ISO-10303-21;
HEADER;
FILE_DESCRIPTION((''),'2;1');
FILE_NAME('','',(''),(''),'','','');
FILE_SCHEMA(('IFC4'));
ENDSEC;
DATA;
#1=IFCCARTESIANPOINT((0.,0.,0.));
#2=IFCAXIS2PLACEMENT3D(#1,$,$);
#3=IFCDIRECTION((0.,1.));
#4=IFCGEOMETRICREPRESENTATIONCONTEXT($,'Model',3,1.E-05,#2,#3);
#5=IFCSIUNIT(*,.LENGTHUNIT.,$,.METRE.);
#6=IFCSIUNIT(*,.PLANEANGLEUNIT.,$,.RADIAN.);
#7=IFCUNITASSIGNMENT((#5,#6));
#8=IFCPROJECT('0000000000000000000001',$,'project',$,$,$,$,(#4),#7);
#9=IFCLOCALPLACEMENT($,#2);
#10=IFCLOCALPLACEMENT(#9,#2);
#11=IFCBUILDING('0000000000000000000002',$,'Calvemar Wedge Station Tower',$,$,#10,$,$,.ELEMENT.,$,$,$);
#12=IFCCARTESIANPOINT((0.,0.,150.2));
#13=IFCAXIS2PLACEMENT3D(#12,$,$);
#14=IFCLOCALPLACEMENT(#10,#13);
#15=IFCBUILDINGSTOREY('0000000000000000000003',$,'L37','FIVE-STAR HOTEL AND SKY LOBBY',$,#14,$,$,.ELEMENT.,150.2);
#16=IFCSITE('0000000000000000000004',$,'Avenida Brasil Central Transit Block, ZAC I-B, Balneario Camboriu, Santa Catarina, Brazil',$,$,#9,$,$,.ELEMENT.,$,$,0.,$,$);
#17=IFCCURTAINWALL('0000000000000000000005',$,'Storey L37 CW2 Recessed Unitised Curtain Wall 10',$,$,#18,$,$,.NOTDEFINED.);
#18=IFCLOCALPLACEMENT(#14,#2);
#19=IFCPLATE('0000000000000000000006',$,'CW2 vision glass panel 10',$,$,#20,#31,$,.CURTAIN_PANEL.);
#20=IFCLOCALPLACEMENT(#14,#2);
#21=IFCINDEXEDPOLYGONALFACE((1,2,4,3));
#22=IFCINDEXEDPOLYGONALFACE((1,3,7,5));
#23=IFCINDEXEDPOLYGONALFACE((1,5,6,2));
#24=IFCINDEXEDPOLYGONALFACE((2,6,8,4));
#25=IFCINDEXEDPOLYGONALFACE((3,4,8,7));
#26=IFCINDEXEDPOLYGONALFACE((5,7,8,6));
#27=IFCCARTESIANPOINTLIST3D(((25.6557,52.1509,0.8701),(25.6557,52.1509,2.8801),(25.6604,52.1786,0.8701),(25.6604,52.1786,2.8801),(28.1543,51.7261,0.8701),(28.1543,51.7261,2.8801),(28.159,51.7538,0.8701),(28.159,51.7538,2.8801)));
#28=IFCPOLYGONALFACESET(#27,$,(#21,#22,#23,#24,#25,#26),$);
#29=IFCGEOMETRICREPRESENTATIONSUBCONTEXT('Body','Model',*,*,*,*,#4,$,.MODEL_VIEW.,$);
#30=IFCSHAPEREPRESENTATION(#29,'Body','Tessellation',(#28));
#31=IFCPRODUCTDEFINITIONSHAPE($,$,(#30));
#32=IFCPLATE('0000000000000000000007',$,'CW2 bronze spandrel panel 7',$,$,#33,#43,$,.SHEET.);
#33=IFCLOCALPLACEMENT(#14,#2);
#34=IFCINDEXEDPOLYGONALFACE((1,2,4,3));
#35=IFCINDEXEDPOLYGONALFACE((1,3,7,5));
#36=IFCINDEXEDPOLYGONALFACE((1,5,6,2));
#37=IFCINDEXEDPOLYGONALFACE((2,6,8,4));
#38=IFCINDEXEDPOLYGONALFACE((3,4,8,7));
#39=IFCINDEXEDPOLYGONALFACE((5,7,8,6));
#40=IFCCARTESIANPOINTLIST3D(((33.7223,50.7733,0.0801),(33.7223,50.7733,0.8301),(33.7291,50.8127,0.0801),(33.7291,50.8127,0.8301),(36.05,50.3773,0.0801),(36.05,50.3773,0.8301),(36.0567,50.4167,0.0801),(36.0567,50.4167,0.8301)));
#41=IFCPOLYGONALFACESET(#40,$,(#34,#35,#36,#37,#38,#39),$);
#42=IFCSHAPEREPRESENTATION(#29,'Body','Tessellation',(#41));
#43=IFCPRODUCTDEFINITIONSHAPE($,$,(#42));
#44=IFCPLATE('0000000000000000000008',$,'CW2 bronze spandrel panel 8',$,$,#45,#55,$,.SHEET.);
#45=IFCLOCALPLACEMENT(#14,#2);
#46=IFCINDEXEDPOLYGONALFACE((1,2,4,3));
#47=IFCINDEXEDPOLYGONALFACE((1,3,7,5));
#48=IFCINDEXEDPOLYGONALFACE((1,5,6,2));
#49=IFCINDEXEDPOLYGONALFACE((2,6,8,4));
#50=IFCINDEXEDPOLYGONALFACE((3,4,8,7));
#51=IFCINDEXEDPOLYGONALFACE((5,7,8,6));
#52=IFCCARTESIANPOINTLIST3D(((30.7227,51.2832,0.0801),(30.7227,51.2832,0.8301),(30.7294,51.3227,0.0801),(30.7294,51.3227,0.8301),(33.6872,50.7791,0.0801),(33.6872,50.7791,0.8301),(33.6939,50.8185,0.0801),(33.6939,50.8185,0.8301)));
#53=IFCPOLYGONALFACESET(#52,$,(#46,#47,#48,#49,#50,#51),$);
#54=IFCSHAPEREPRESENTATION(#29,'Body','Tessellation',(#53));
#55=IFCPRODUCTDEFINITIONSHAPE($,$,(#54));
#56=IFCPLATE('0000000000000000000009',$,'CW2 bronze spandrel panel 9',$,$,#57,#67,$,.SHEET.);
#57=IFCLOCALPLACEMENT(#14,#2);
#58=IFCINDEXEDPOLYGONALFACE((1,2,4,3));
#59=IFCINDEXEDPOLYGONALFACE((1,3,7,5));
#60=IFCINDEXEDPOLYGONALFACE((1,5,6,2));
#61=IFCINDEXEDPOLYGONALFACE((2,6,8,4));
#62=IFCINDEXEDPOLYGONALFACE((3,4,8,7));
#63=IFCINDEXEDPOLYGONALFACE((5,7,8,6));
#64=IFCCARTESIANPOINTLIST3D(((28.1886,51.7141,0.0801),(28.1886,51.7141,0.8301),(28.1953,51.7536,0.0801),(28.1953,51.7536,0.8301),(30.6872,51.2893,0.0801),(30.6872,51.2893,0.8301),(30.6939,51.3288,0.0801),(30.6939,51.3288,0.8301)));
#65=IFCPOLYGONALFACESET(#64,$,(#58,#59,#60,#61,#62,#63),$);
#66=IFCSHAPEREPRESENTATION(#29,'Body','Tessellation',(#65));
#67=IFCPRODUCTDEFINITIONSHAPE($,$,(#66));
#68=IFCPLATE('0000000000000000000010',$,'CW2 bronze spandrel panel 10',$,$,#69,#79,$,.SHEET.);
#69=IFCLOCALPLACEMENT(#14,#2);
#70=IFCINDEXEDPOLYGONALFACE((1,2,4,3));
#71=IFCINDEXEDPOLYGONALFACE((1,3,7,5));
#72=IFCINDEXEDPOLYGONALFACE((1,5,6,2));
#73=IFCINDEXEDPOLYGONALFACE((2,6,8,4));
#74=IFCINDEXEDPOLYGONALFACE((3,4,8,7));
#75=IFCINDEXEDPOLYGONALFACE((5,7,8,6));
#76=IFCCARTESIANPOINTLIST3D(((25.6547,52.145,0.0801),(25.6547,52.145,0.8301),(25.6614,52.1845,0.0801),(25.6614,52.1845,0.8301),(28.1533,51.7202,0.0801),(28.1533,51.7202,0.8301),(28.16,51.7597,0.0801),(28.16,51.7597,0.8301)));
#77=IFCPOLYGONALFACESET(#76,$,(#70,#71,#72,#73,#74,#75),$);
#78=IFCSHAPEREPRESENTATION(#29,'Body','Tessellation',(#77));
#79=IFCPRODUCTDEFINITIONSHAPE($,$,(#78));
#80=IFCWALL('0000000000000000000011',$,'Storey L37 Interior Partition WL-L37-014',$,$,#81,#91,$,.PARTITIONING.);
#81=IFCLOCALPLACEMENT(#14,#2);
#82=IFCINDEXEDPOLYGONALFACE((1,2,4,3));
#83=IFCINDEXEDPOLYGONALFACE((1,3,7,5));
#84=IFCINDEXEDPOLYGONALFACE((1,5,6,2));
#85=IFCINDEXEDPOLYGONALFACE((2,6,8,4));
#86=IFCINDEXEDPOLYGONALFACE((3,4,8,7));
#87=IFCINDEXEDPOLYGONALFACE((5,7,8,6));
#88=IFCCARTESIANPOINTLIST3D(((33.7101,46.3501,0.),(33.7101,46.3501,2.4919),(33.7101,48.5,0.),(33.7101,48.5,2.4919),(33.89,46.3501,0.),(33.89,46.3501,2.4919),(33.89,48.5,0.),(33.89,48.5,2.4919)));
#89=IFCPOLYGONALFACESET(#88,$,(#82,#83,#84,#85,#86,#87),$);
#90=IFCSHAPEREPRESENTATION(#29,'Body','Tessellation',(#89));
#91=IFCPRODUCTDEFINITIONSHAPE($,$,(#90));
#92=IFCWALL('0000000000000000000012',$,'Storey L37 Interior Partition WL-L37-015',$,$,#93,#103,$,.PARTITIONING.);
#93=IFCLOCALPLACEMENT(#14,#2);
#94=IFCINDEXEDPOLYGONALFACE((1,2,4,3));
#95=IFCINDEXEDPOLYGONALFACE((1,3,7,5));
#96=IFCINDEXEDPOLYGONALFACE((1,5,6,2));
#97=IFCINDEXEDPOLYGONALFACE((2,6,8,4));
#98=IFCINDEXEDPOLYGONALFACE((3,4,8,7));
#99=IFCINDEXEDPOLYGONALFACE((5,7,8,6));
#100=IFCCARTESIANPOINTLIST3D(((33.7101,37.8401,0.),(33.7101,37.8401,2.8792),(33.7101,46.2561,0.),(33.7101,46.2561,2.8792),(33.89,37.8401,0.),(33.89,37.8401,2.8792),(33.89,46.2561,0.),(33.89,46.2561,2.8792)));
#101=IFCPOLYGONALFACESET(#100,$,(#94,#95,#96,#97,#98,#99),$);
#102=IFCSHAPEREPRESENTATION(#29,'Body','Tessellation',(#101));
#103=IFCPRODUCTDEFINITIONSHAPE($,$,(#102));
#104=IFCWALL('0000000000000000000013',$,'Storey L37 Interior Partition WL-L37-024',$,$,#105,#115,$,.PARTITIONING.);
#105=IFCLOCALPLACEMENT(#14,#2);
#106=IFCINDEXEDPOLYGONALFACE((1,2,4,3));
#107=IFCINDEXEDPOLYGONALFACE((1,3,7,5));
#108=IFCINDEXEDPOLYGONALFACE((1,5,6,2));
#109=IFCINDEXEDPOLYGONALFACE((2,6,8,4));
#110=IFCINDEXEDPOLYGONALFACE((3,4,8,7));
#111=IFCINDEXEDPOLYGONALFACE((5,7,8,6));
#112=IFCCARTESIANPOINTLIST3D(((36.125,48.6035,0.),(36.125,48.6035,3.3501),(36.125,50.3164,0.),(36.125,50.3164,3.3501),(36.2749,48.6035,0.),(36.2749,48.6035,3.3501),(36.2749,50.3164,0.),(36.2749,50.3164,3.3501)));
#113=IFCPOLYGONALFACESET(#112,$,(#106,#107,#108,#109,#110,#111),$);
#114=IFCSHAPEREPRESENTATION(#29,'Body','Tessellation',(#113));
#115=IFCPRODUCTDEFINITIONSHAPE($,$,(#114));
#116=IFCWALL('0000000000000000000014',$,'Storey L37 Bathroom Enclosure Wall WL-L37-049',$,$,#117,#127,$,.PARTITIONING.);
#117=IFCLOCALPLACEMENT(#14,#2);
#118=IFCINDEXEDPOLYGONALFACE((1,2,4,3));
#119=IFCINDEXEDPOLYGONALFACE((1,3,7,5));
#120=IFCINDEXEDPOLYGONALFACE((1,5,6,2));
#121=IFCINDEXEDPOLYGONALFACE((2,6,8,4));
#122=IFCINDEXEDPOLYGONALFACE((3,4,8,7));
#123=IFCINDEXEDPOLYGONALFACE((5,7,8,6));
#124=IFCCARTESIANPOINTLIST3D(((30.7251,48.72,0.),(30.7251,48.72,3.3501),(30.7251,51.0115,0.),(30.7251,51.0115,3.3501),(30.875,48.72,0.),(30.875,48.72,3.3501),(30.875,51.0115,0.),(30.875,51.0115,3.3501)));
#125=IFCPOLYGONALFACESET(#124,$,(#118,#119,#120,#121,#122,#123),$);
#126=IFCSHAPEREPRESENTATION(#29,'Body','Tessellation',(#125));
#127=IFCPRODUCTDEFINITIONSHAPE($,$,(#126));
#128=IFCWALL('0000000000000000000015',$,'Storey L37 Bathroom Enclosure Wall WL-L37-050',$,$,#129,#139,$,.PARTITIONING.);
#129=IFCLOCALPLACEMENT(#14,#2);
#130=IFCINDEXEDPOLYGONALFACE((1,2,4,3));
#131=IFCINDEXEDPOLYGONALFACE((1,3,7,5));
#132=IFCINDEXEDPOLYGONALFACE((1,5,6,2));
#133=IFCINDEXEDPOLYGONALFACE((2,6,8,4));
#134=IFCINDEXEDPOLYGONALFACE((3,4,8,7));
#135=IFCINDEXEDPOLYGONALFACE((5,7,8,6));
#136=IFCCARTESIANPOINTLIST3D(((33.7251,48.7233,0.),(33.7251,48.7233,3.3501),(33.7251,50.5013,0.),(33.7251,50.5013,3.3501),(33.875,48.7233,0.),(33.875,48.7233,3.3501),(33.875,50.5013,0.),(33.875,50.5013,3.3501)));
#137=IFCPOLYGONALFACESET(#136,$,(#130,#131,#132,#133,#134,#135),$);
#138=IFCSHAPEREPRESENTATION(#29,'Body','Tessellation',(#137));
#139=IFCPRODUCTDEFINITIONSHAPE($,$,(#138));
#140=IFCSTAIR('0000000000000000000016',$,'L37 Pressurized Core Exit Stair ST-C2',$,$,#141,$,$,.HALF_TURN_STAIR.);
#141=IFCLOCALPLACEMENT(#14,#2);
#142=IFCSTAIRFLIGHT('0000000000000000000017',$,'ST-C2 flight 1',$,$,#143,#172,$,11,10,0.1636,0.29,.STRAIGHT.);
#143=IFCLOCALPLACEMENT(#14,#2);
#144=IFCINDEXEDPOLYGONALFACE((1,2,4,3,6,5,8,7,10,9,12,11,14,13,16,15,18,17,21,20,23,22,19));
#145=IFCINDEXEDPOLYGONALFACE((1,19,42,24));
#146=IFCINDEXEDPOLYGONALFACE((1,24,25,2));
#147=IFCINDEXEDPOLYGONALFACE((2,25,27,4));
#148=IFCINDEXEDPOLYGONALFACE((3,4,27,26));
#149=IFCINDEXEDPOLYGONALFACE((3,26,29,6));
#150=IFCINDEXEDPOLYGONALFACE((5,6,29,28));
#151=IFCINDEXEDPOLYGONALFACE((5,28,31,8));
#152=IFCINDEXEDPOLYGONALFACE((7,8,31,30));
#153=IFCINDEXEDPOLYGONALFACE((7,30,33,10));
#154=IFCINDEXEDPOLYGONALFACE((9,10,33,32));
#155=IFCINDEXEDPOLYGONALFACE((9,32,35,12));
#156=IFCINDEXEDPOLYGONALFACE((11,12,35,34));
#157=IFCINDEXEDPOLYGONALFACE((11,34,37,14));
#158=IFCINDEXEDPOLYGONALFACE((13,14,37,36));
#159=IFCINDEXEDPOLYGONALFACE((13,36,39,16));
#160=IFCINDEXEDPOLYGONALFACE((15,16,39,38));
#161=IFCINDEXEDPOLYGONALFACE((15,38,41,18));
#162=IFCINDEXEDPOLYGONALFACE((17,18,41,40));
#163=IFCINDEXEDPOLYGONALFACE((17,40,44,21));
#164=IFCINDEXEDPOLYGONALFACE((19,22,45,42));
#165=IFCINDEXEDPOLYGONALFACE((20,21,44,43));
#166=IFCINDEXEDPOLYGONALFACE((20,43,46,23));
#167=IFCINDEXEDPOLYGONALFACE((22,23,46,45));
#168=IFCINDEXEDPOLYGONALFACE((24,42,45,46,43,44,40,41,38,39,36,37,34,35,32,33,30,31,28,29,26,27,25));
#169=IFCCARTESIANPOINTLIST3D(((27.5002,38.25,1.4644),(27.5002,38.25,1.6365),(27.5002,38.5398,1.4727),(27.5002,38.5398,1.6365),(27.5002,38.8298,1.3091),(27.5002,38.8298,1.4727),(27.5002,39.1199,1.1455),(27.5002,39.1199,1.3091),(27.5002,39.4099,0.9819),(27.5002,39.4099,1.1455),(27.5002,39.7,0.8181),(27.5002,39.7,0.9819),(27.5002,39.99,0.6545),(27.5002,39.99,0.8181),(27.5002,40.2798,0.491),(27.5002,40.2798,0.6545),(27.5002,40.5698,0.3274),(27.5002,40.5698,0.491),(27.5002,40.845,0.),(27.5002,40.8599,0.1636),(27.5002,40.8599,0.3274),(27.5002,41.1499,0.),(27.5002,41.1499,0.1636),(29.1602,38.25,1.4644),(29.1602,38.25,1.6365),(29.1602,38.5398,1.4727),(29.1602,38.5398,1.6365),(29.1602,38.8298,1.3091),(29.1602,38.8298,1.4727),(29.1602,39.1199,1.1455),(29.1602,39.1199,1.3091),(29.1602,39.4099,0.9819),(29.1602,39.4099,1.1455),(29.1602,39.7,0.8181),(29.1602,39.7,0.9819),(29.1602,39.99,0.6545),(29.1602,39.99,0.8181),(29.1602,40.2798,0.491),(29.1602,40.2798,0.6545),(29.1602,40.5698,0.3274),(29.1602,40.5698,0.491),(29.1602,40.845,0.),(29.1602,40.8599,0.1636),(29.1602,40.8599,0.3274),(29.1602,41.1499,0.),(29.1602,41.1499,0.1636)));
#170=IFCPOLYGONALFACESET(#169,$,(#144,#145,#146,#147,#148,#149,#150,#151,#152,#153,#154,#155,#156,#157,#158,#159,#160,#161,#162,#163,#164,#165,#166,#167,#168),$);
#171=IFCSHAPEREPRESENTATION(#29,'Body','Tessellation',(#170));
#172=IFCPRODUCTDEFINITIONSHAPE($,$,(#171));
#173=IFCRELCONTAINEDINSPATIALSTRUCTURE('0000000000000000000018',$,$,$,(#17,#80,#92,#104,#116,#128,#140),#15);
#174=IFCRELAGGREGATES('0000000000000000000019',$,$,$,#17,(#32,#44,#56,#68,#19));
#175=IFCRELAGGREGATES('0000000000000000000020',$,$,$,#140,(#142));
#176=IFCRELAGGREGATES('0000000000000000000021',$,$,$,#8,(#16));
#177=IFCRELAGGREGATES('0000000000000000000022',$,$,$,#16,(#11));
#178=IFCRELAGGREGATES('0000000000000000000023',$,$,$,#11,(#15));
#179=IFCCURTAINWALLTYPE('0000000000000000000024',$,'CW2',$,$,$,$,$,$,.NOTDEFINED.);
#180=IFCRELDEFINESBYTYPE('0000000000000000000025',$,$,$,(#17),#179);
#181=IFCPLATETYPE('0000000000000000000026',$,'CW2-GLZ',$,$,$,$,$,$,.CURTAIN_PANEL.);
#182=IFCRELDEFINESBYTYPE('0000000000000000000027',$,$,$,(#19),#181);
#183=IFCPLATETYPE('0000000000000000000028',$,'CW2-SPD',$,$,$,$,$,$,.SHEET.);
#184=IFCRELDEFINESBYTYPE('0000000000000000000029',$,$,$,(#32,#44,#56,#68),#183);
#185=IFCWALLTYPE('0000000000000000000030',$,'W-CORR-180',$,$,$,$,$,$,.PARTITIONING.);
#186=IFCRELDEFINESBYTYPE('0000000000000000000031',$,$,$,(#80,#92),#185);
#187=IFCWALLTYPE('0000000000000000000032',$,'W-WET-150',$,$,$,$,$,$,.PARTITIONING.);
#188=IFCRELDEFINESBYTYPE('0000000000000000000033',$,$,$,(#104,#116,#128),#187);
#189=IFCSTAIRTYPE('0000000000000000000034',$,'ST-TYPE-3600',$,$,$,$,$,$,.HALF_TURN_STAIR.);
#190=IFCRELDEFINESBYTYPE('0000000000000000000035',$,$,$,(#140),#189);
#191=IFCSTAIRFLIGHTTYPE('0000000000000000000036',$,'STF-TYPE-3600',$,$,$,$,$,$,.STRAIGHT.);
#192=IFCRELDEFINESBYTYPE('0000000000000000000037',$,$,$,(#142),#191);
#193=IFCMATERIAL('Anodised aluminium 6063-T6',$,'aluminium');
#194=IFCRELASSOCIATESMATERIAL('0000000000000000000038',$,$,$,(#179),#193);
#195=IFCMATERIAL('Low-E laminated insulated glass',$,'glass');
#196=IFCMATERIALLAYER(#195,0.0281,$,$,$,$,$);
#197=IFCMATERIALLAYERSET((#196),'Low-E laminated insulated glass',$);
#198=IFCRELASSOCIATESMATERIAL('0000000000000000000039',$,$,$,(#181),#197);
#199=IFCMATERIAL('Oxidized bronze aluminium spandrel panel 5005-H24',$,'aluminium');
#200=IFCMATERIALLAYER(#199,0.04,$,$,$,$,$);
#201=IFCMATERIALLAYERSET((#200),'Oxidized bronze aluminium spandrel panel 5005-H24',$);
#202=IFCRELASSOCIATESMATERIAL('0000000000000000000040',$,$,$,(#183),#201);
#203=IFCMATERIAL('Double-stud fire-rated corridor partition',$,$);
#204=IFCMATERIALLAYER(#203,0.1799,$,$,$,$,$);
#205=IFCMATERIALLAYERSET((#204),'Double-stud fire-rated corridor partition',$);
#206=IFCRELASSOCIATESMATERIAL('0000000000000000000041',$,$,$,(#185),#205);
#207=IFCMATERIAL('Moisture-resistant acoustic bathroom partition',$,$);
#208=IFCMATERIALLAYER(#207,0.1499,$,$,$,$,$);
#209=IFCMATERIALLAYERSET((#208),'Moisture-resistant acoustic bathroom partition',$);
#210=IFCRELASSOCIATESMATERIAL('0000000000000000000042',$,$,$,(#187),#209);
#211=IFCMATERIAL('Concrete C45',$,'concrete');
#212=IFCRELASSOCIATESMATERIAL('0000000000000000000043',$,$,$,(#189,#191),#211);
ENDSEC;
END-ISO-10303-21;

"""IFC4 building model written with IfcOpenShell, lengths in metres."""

from ifc_helpers import new_model, si_unit, direction, frame, frame_2d, origin, place, context, subcontext, project, spatial, polyline, rectangle, outline, extrude, material, layer, layer_set, type_object, element, aggregate, save


model = new_model("IFC4")

# Units and contexts
model_context = context("Model", 3, precision=1e-05, world=origin(), true_north=direction((0.0, 1.0)))
body_context = subcontext(model_context, "Body", "Model", "MODEL_VIEW")
ifc_project = project(units=[si_unit("LENGTHUNIT", "METRE"), si_unit("PLANEANGLEUNIT", "RADIAN")], contexts=[model_context])

# Site, building, storey
site_placement = place(None, origin())
site = spatial("IfcSite", under=ifc_project, at=site_placement, Name="Avenida Brasil Central Transit Block, ZAC I-B, Balneario Camboriu, Santa Catarina, Brazil", CompositionType="ELEMENT", RefElevation=0.0)
building_placement = place(site_placement, origin())
building = spatial("IfcBuilding", under=site, at=building_placement, Name="Calvemar Wedge Station Tower", CompositionType="ELEMENT")
storey_placement = place(building_placement, frame((0.0, 0.0, 150.2)))
storey = spatial("IfcBuildingStorey", under=building, at=storey_placement, Name="L37", Description="FIVE-STAR HOTEL AND SKY LOBBY", CompositionType="ELEMENT", Elevation=150.2)

# Curtain wall, plates
ifc_material_1 = material(Name="Anodised aluminium 6063-T6", Category="aluminium")
curtain_wall_type = type_object("IfcCurtainWallType", Name="CW2", PredefinedType="NOTDEFINED", material=ifc_material_1)
curtain_wall_placement = place(storey_placement, origin())
curtain_wall = element("IfcCurtainWall", 1, at=curtain_wall_placement, inside=storey, type_object=curtain_wall_type, Name="Storey L37 CW2 Recessed Unitised Curtain Wall 10", PredefinedType="NOTDEFINED")
ifc_material_2 = material(Name="Low-E laminated insulated glass", Category="glass")
ifc_layer_1 = layer(ifc_material_2, 0.0281)
ifc_layer_set_1 = layer_set([ifc_layer_1], Name="Low-E laminated insulated glass")
plate_type_1 = type_object("IfcPlateType", Name="CW2-GLZ", PredefinedType="CURTAIN_PANEL", material=ifc_layer_set_1)
plate_1_placement = place(storey_placement, frame((28.1565, 51.74, 0.8701), z_axis=(0.0, 0.0, 1.0), x_axis=(-0.985852, 0.167616, 0.0)))
plate_1 = element("IfcPlate", 2, at=plate_1_placement, type_object=plate_type_1, Name="CW2 vision glass panel 10", PredefinedType="CURTAIN_PANEL", context=body_context, shape_type="SweptSolid", body=[
    extrude(rectangle(XDim=2.5344, YDim=0.0281, at=frame_2d((1.2671, 0.0))), origin(), (0.0, 0.0, 1.0), 2.01),
])
ifc_material_3 = material(Name="Oxidized bronze aluminium spandrel panel 5005-H24", Category="aluminium")
ifc_layer_2 = layer(ifc_material_3, 0.04)
ifc_layer_set_2 = layer_set([ifc_layer_2], Name="Oxidized bronze aluminium spandrel panel 5005-H24")
plate_type_2 = type_object("IfcPlateType", Name="CW2-SPD", PredefinedType="SHEET", material=ifc_layer_set_2)
plate_2_placement = place(storey_placement, frame((36.0535, 50.397, 0.0801), z_axis=(0.0, 0.0, 1.0), x_axis=(-0.985835, 0.167718, 0.0)))
plate_2 = element("IfcPlate", 3, at=plate_2_placement, type_object=plate_type_2, Name="CW2 bronze spandrel panel 7", PredefinedType="SHEET", context=body_context, shape_type="SweptSolid", body=[
    extrude(rectangle(XDim=2.3611, YDim=0.04, at=frame_2d((1.1807, 0.0))), origin(), (0.0, 0.0, 1.0), 0.75),
])
plate_3_placement = place(storey_placement, frame((33.6904, 50.7988, 0.0801), z_axis=(0.0, 0.0, 1.0), x_axis=(-0.985847, 0.16765, 0.0)))
plate_3 = element("IfcPlate", 4, at=plate_3_placement, type_object=plate_type_2, Name="CW2 bronze spandrel panel 8", PredefinedType="SHEET", context=body_context, shape_type="SweptSolid", body=[
    extrude(rectangle(XDim=3.0071, YDim=0.04, at=frame_2d((1.5034, 0.0))), origin(), (0.0, 0.0, 1.0), 0.75),
])
plate_4_placement = place(storey_placement, frame((30.6904, 51.3091, 0.0801), z_axis=(0.0, 0.0, 1.0), x_axis=(-0.985852, 0.167616, 0.0)))
plate_4 = element("IfcPlate", 5, at=plate_4_placement, type_object=plate_type_2, Name="CW2 bronze spandrel panel 9", PredefinedType="SHEET", context=body_context, shape_type="SweptSolid", body=[
    extrude(rectangle(XDim=2.5344, YDim=0.04, at=frame_2d((1.2671, 0.0))), origin(), (0.0, 0.0, 1.0), 0.75),
])
plate_5_placement = place(storey_placement, frame((28.1565, 51.74, 0.0801), z_axis=(0.0, 0.0, 1.0), x_axis=(-0.985852, 0.167616, 0.0)))
plate_5 = element("IfcPlate", 6, at=plate_5_placement, type_object=plate_type_2, Name="CW2 bronze spandrel panel 10", PredefinedType="SHEET", context=body_context, shape_type="SweptSolid", body=[
    extrude(rectangle(XDim=2.5344, YDim=0.04, at=frame_2d((1.2671, 0.0))), origin(), (0.0, 0.0, 1.0), 0.75),
])
aggregate(curtain_wall, [plate_2, plate_3, plate_4, plate_5, plate_1])

# Walls
ifc_material_4 = material(Name="Double-stud fire-rated corridor partition")
ifc_layer_3 = layer(ifc_material_4, 0.1799)
ifc_layer_set_3 = layer_set([ifc_layer_3], Name="Double-stud fire-rated corridor partition")
wall_type_1 = type_object("IfcWallType", Name="W-CORR-180", PredefinedType="PARTITIONING", material=ifc_layer_set_3)
wall_1_placement = place(storey_placement, frame((33.8, 48.5, 0.0), z_axis=(0.0, 0.0, 1.0), x_axis=(0.0, -1.0, 0.0)))
element("IfcWall", 7, at=wall_1_placement, inside=storey, type_object=wall_type_1, Name="Storey L37 Interior Partition WL-L37-014", PredefinedType="PARTITIONING", context=body_context, shape_type="SweptSolid", body=[
    extrude(rectangle(XDim=2.1499, YDim=0.1799, at=frame_2d((1.075, 0.0))), origin(), (0.0, 0.0, 1.0), 2.4919),
])
wall_2_placement = place(storey_placement, frame((33.8, 46.2561, 0.0), z_axis=(0.0, 0.0, 1.0), x_axis=(0.0, -1.0, 0.0)))
element("IfcWall", 8, at=wall_2_placement, inside=storey, type_object=wall_type_1, Name="Storey L37 Interior Partition WL-L37-015", PredefinedType="PARTITIONING", context=body_context, shape_type="SweptSolid", body=[
    extrude(rectangle(XDim=8.416, YDim=0.1799, at=frame_2d((4.208, 0.0))), origin(), (0.0, 0.0, 1.0), 2.8792),
])

# Shared definitions
ifc_material_5 = material(Name="Moisture-resistant acoustic bathroom partition")
ifc_layer_4 = layer(ifc_material_5, 0.1499)
ifc_layer_set_4 = layer_set([ifc_layer_4], Name="Moisture-resistant acoustic bathroom partition")
wall_type_2 = type_object("IfcWallType", Name="W-WET-150", PredefinedType="PARTITIONING", material=ifc_layer_set_4)

# Walls
wall_3_placement = place(storey_placement, frame((36.2, 50.3164, 0.0), z_axis=(0.0, 0.0, 1.0), x_axis=(0.0, -1.0, 0.0)))
element("IfcWall", 9, at=wall_3_placement, inside=storey, type_object=wall_type_2, Name="Storey L37 Interior Partition WL-L37-024", PredefinedType="PARTITIONING", context=body_context, shape_type="SweptSolid", body=[
    extrude(rectangle(XDim=1.7129, YDim=0.1499, at=frame_2d((0.8564, 0.0))), origin(), (0.0, 0.0, 1.0), 3.3501),
])
wall_4_placement = place(storey_placement, frame((30.8, 51.0115, 0.0), z_axis=(0.0, 0.0, 1.0), x_axis=(0.0, -1.0, 0.0)))
element("IfcWall", 10, at=wall_4_placement, inside=storey, type_object=wall_type_2, Name="Storey L37 Bathroom Enclosure Wall WL-L37-049", PredefinedType="PARTITIONING", context=body_context, shape_type="SweptSolid", body=[
    extrude(rectangle(XDim=2.2915, YDim=0.1499, at=frame_2d((1.1458, 0.0))), origin(), (0.0, 0.0, 1.0), 3.3501),
])
wall_5_placement = place(storey_placement, frame((33.8, 48.7231, 0.0), z_axis=(0.0, 0.0, 1.0), x_axis=(0.0, 1.0, 0.0)))
element("IfcWall", 11, at=wall_5_placement, inside=storey, type_object=wall_type_2, Name="Storey L37 Bathroom Enclosure Wall WL-L37-050", PredefinedType="PARTITIONING", context=body_context, shape_type="SweptSolid", body=[
    extrude(rectangle(XDim=1.7781, YDim=0.1499, at=frame_2d((0.8892, 0.0))), origin(), (0.0, 0.0, 1.0), 3.3501),
])

# Stair, stair flight
ifc_material_6 = material(Name="Concrete C45", Category="concrete")
stair_type = type_object("IfcStairType", Name="ST-TYPE-3600", PredefinedType="HALF_TURN_STAIR", material=ifc_material_6)
stair_placement = place(storey_placement, origin())
stair = element("IfcStair", 12, at=stair_placement, inside=storey, type_object=stair_type, Name="L37 Pressurized Core Exit Stair ST-C2", PredefinedType="HALF_TURN_STAIR")
stair_flight_type = type_object("IfcStairFlightType", Name="STF-TYPE-3600", PredefinedType="STRAIGHT", material=ifc_material_6)
stair_flight_placement = place(storey_placement, frame((28.3301, 41.1499, 0.0), z_axis=(0.0, 0.0, 1.0), x_axis=(0.0, -1.0, 0.0)))
stair_flight = element("IfcStairFlight", 13, at=stair_flight_placement, type_object=stair_flight_type, Name="ST-C2 flight 1", NumberOfRisers=11, NumberOfTreads=10, PredefinedType="STRAIGHT", RiserHeight=0.1636, TreadLength=0.29, context=body_context, shape_type="SweptSolid", body=[
    extrude(outline(polyline([(0.0, 0.0), (0.0, 0.1636), (0.29, 0.1636), (0.29, 0.3274), (0.5801, 0.3274), (0.5801, 0.491), (0.8701, 0.491), (0.8701, 0.6545), (1.1599, 0.6545), (1.1599, 0.8181), (1.45, 0.8181), (1.45, 0.9819), (1.74, 0.9819), (1.74, 1.1455), (2.03, 1.1455), (2.03, 1.3091), (2.3201, 1.3091), (2.3201, 1.4727), (2.6101, 1.4727), (2.6101, 1.6365), (2.8999, 1.6365), (2.8999, 1.8), (2.8999, 1.4644), (0.3049, 0.0), (0.0, 0.0)])), frame((0.0, 0.8301, 0.0), z_axis=(0.0, -1.0, 0.0), x_axis=(1.0, 0.0, 0.0)), (0.0, 0.0, 1.0), 1.6599),
])
aggregate(stair, [stair_flight])

save(model, "model.ifc")
